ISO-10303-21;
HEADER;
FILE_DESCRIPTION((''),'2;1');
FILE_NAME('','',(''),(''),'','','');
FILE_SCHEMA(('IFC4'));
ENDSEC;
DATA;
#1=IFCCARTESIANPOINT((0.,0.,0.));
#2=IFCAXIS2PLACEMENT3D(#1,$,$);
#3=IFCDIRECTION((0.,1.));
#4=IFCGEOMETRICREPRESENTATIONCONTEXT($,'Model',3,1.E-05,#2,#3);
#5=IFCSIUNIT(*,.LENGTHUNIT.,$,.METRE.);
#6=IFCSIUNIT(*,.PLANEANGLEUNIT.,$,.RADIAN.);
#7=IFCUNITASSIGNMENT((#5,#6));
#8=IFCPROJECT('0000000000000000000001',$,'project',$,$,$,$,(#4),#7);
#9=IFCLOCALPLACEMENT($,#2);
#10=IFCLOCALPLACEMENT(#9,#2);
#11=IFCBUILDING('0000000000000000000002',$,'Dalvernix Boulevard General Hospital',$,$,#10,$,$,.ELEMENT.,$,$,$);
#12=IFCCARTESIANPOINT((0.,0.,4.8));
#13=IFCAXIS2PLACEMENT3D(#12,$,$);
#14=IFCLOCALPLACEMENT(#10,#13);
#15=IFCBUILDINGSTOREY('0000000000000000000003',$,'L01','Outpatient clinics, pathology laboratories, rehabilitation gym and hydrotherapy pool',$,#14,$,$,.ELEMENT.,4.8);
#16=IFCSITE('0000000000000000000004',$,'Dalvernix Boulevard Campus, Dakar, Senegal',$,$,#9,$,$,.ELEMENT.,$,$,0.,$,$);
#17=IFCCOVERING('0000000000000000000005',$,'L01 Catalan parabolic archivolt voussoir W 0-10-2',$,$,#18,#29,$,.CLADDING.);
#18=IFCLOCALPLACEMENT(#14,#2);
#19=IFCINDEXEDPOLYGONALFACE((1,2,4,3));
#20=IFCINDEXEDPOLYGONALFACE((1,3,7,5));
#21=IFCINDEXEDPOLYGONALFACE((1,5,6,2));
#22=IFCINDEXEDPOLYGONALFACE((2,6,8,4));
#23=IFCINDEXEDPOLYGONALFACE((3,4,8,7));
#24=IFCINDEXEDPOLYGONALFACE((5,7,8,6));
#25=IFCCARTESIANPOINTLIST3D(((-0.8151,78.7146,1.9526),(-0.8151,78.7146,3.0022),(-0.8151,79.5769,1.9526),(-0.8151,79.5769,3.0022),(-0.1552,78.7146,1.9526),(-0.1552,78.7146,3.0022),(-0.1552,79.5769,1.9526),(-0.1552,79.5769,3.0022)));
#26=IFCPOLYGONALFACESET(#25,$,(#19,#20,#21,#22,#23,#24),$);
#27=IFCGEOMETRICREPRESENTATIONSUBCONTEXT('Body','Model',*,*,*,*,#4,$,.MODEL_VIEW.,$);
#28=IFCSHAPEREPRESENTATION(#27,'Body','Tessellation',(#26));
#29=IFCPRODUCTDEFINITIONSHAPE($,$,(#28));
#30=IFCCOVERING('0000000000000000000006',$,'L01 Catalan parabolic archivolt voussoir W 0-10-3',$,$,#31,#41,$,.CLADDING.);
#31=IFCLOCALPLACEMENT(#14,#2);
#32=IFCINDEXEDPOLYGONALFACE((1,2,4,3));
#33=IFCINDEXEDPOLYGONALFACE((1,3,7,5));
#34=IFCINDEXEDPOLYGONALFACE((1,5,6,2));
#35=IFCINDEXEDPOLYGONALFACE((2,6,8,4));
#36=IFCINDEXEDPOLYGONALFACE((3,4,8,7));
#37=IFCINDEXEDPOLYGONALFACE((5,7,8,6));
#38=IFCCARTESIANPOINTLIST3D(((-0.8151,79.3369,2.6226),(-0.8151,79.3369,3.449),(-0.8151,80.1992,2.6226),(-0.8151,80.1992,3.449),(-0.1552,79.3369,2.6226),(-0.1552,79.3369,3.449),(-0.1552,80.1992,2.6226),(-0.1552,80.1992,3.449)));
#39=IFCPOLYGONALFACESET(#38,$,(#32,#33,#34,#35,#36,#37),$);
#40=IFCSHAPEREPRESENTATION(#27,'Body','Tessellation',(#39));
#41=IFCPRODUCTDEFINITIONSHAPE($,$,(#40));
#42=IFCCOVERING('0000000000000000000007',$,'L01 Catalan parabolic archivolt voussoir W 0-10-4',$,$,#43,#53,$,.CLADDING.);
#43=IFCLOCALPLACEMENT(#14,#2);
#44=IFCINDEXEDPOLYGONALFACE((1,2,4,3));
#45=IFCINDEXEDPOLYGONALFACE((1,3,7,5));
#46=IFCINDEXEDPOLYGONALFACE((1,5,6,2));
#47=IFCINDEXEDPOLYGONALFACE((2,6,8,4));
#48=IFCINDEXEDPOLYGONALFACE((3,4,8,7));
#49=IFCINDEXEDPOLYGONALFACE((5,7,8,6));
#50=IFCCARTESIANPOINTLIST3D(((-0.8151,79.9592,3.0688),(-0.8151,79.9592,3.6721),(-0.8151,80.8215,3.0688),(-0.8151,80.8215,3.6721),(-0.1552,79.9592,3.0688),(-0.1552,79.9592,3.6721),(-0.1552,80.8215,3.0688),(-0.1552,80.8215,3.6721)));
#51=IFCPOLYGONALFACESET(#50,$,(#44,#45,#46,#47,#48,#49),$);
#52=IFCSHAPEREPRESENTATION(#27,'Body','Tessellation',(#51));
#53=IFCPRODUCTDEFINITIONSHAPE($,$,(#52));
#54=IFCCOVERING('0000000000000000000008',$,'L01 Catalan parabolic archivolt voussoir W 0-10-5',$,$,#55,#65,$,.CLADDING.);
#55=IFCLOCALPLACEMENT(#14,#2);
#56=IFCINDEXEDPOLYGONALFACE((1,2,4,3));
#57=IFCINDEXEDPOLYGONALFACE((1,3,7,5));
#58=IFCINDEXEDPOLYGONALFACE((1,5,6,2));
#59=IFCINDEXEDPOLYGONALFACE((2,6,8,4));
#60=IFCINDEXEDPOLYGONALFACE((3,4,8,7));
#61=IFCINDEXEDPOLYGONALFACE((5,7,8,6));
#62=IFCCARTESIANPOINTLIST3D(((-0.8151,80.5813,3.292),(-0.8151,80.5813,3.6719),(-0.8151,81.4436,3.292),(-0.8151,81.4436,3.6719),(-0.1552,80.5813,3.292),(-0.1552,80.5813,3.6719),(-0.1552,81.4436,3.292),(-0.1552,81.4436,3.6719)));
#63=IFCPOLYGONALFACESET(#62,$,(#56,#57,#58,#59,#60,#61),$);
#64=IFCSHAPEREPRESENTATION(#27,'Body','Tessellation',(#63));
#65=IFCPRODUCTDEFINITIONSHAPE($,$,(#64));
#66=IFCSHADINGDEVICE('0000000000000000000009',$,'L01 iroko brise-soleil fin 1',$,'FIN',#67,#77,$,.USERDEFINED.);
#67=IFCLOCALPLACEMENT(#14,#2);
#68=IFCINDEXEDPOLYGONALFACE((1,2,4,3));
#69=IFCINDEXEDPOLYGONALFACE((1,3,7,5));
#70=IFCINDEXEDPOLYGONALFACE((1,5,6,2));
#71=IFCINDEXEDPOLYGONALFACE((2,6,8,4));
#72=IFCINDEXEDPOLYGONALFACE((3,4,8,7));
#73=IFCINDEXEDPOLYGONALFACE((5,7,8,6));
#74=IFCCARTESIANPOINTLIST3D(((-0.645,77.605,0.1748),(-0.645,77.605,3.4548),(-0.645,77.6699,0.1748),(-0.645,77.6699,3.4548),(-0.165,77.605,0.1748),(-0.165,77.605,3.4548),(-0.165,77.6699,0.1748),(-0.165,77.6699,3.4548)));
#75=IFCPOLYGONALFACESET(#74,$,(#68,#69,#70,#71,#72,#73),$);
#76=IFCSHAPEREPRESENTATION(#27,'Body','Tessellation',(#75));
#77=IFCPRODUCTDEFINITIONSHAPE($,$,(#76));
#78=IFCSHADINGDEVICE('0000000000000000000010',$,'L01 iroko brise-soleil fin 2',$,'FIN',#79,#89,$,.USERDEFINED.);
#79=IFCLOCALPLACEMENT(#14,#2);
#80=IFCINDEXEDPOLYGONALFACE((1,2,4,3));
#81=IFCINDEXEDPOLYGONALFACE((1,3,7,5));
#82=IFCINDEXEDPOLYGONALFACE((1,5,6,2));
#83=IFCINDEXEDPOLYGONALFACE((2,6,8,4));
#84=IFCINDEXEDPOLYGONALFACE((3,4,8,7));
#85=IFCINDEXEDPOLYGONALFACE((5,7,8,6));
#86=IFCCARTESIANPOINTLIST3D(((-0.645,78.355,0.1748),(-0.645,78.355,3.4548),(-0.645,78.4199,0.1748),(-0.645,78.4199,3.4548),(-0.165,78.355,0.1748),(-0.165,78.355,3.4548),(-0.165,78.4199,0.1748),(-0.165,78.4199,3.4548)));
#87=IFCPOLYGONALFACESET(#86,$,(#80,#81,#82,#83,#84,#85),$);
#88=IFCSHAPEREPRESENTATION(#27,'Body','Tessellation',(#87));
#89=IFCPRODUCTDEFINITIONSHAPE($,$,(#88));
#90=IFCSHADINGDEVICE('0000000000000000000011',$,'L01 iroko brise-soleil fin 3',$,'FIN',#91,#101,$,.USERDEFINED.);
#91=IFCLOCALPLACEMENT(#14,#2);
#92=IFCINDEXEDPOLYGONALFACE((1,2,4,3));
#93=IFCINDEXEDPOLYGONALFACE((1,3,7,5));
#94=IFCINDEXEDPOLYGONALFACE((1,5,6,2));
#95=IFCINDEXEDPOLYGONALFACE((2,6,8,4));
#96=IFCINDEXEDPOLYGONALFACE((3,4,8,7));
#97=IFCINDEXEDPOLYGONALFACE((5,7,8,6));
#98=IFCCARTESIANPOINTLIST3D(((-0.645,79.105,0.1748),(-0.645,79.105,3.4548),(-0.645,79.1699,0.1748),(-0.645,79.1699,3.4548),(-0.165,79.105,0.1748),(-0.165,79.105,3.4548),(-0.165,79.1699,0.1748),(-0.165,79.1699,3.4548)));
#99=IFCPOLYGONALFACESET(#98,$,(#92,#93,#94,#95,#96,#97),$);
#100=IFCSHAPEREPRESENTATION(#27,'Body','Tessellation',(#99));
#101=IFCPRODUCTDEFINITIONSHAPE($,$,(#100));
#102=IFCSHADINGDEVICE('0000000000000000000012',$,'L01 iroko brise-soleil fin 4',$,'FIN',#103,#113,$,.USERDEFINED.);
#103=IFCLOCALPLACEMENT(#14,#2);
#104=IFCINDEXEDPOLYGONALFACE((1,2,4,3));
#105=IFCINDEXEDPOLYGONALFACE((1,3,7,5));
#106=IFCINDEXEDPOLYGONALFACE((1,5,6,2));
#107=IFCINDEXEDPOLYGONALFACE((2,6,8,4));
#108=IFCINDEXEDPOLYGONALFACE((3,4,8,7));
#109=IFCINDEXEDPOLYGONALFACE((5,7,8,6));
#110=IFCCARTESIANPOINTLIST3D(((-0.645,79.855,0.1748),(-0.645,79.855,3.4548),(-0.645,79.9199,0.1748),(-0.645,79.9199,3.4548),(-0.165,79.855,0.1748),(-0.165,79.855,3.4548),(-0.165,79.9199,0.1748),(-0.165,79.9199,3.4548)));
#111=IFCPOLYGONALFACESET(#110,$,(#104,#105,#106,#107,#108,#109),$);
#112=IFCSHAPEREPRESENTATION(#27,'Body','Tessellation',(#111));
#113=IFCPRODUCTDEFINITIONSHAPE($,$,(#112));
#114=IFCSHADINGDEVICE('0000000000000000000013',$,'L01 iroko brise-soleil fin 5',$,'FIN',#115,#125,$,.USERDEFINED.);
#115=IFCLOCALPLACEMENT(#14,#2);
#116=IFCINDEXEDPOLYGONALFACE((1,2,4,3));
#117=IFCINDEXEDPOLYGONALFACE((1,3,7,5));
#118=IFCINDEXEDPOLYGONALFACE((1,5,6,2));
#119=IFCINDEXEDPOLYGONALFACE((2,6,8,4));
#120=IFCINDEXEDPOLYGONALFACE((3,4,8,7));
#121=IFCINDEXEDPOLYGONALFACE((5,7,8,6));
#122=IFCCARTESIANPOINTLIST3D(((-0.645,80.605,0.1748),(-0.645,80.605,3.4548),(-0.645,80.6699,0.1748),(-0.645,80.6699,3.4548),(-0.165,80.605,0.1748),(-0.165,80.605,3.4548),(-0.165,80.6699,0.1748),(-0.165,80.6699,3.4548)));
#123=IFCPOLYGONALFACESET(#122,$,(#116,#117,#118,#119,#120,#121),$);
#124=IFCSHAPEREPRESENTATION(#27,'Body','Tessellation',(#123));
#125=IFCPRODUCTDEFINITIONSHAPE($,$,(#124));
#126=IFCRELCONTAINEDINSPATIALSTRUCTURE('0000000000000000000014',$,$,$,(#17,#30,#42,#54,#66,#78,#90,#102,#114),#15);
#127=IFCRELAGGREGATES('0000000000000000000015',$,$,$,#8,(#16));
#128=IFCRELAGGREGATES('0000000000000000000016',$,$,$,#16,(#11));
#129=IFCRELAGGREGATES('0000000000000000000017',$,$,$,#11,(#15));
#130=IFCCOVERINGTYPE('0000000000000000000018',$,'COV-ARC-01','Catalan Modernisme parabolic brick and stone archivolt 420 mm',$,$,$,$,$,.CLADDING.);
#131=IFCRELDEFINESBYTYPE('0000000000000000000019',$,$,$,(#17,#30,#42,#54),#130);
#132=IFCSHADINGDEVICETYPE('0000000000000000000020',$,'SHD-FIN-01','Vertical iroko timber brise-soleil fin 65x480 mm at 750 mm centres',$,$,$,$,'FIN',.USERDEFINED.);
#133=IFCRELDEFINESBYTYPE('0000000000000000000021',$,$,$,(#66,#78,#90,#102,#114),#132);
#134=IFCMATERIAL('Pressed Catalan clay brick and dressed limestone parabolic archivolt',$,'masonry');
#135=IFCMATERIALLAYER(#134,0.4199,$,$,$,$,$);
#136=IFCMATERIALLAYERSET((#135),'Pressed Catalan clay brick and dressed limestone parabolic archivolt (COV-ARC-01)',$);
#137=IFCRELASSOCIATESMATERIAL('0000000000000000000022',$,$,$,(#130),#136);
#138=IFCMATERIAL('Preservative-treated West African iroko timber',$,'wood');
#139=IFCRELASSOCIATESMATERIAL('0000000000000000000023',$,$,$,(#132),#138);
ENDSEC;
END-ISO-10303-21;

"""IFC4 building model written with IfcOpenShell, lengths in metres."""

from ifc_helpers import new_model, si_unit, direction, frame, origin, origin_2d, place, context, subcontext, project, spatial, rectangle, extrude, material, layer, layer_set, type_object, element, save


model = new_model("IFC4")

# Units and contexts
model_context = context("Model", 3, precision=1e-05, world=origin(), true_north=direction((0.0, 1.0)))
body_context = subcontext(model_context, "Body", "Model", "MODEL_VIEW")
ifc_project = project(units=[si_unit("LENGTHUNIT", "METRE"), si_unit("PLANEANGLEUNIT", "RADIAN")], contexts=[model_context])

# Site, building, storey
site_placement = place(None, origin())
site = spatial("IfcSite", under=ifc_project, at=site_placement, Name="Dalvernix Boulevard Campus, Dakar, Senegal", CompositionType="ELEMENT", RefElevation=0.0)
building_placement = place(site_placement, origin())
building = spatial("IfcBuilding", under=site, at=building_placement, Name="Dalvernix Boulevard General Hospital", CompositionType="ELEMENT")
storey_placement = place(building_placement, frame((0.0, 0.0, 4.8)))
storey = spatial("IfcBuildingStorey", under=building, at=storey_placement, Name="L01", Description="Outpatient clinics, pathology laboratories, rehabilitation gym and hydrotherapy pool", CompositionType="ELEMENT", Elevation=4.8)

# Coverings
ifc_material_1 = material(Name="Pressed Catalan clay brick and dressed limestone parabolic archivolt", Category="masonry")
ifc_layer_1 = layer(ifc_material_1, 0.4199)
ifc_layer_set_1 = layer_set([ifc_layer_1], Name="Pressed Catalan clay brick and dressed limestone parabolic archivolt (COV-ARC-01)")
covering_type = type_object("IfcCoveringType", Name="COV-ARC-01", Description="Catalan Modernisme parabolic brick and stone archivolt 420 mm", PredefinedType="CLADDING", material=ifc_layer_set_1)
covering_1_placement = place(storey_placement, frame((-0.4851, 79.1458, 1.9526), z_axis=(0.0, 0.0, 1.0), x_axis=(0.0, 1.0, 0.0)))
element("IfcCovering", 1, at=covering_1_placement, inside=storey, type_object=covering_type, Name="L01 Catalan parabolic archivolt voussoir W 0-10-2", PredefinedType="CLADDING", context=body_context, shape_type="SweptSolid", body=[
    extrude(rectangle(XDim=0.8623, YDim=0.6599, at=origin_2d()), origin(), (0.0, 0.0, 1.0), 1.0496),
])
covering_2_placement = place(storey_placement, frame((-0.4851, 79.7681, 2.6226), z_axis=(0.0, 0.0, 1.0), x_axis=(0.0, 1.0, 0.0)))
element("IfcCovering", 2, at=covering_2_placement, inside=storey, type_object=covering_type, Name="L01 Catalan parabolic archivolt voussoir W 0-10-3", PredefinedType="CLADDING", context=body_context, shape_type="SweptSolid", body=[
    extrude(rectangle(XDim=0.8623, YDim=0.6599, at=origin_2d()), origin(), (0.0, 0.0, 1.0), 0.8264),
])
covering_3_placement = place(storey_placement, frame((-0.4851, 80.3904, 3.0688), z_axis=(0.0, 0.0, 1.0), x_axis=(0.0, 1.0, 0.0)))
element("IfcCovering", 3, at=covering_3_placement, inside=storey, type_object=covering_type, Name="L01 Catalan parabolic archivolt voussoir W 0-10-4", PredefinedType="CLADDING", context=body_context, shape_type="SweptSolid", body=[
    extrude(rectangle(XDim=0.8623, YDim=0.6599, at=origin_2d()), origin(), (0.0, 0.0, 1.0), 0.6033),
])
covering_4_placement = place(storey_placement, frame((-0.4851, 81.0125, 3.292), z_axis=(0.0, 0.0, 1.0), x_axis=(0.0, 1.0, 0.0)))
element("IfcCovering", 4, at=covering_4_placement, inside=storey, type_object=covering_type, Name="L01 Catalan parabolic archivolt voussoir W 0-10-5", PredefinedType="CLADDING", context=body_context, shape_type="SweptSolid", body=[
    extrude(rectangle(XDim=0.8623, YDim=0.6599, at=origin_2d()), origin(), (0.0, 0.0, 1.0), 0.3799),
])

# Shading devices
ifc_material_2 = material(Name="Preservative-treated West African iroko timber", Category="wood")
shading_device_type = type_object("IfcShadingDeviceType", Name="SHD-FIN-01", Description="Vertical iroko timber brise-soleil fin 65x480 mm at 750 mm centres", ElementType="FIN", PredefinedType="USERDEFINED", material=ifc_material_2)
for number, where, z_axis, x_axis, name in (
    (5, (-0.405, 77.6375, 0.1748), (0.0, 0.0, 1.0), (0.0, 1.0, 0.0), "L01 iroko brise-soleil fin 1"),
    (6, (-0.405, 78.3875, 0.1748), (0.0, 0.0, 1.0), (0.0, 1.0, 0.0), "L01 iroko brise-soleil fin 2"),
    (7, (-0.405, 79.1375, 0.1748), (0.0, 0.0, 1.0), (0.0, 1.0, 0.0), "L01 iroko brise-soleil fin 3"),
    (8, (-0.405, 79.8875, 0.1748), (0.0, 0.0, 1.0), (0.0, 1.0, 0.0), "L01 iroko brise-soleil fin 4"),
    (9, (-0.405, 80.6375, 0.1748), (0.0, 0.0, 1.0), (0.0, 1.0, 0.0), "L01 iroko brise-soleil fin 5"),
):
    element("IfcShadingDevice", number, at=place(storey_placement, frame(where, z_axis=z_axis, x_axis=x_axis)), inside=storey, type_object=shading_device_type, Name=name, ObjectType="FIN", PredefinedType="USERDEFINED", context=body_context, shape_type="SweptSolid", body=[
        extrude(rectangle(XDim=0.0649, YDim=0.48, at=origin_2d()), origin(), (0.0, 0.0, 1.0), 3.28),
    ])

save(model, "model.ifc")
